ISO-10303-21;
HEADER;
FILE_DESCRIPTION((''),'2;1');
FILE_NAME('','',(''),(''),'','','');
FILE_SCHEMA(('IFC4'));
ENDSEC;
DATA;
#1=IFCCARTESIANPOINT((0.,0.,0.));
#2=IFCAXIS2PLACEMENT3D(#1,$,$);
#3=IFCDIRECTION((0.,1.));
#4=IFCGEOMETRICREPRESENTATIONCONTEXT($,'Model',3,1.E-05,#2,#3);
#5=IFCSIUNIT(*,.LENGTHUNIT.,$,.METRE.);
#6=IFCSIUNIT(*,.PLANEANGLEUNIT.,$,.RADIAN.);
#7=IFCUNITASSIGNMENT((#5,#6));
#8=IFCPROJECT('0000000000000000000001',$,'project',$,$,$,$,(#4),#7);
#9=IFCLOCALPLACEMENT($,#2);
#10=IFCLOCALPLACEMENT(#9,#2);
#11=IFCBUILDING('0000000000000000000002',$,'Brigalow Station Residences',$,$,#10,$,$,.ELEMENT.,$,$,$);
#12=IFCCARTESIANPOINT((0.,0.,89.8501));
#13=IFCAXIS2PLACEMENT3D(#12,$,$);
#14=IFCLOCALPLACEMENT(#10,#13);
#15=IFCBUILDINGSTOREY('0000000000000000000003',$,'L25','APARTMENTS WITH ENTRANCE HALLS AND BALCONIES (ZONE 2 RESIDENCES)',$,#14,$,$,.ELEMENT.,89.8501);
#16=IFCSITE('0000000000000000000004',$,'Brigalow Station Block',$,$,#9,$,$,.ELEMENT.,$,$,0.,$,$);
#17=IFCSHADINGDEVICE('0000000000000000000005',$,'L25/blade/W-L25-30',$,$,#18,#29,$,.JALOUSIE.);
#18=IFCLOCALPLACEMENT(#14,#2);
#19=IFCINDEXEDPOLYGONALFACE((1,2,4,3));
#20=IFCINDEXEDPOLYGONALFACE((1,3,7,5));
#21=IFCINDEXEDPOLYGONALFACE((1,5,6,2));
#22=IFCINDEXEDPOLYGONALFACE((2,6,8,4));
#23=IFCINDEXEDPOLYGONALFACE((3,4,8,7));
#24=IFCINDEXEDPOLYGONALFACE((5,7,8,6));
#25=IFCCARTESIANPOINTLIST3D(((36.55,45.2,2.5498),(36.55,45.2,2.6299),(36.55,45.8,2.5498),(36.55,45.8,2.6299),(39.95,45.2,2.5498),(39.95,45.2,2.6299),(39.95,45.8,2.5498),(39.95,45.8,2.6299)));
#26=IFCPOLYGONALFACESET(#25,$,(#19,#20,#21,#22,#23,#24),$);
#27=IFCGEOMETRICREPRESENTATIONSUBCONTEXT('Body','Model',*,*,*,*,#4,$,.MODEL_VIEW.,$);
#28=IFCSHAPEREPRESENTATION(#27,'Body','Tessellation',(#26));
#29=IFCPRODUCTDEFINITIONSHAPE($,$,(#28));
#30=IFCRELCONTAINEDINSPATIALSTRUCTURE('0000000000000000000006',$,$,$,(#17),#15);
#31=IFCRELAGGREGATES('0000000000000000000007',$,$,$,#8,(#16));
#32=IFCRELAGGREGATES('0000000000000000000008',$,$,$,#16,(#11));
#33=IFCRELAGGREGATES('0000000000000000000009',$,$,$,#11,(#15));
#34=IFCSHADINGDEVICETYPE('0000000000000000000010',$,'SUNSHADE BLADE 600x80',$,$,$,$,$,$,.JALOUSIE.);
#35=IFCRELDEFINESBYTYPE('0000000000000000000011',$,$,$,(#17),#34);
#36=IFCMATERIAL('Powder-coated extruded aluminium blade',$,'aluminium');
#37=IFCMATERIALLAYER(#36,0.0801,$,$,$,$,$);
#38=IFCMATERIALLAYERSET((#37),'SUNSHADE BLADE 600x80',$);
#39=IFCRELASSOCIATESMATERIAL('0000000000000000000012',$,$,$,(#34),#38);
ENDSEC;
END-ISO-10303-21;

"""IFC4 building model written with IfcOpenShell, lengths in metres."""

from ifc_helpers import new_model, si_unit, direction, frame, origin, origin_2d, place, context, subcontext, project, spatial, rectangle, extrude, material, layer, layer_set, type_object, element, save


model = new_model("IFC4")

# Units and contexts
model_context = context("Model", 3, precision=1e-05, world=origin(), true_north=direction((0.0, 1.0)))
body_context = subcontext(model_context, "Body", "Model", "MODEL_VIEW")
ifc_project = project(units=[si_unit("LENGTHUNIT", "METRE"), si_unit("PLANEANGLEUNIT", "RADIAN")], contexts=[model_context])

# Site, building, storey
site_placement = place(None, origin())
site = spatial("IfcSite", under=ifc_project, at=site_placement, Name="Brigalow Station Block", CompositionType="ELEMENT", RefElevation=0.0)
building_placement = place(site_placement, origin())
building = spatial("IfcBuilding", under=site, at=building_placement, Name="Brigalow Station Residences", CompositionType="ELEMENT")
storey_placement = place(building_placement, frame((0.0, 0.0, 89.8501)))
storey = spatial("IfcBuildingStorey", under=building, at=storey_placement, Name="L25", Description="APARTMENTS WITH ENTRANCE HALLS AND BALCONIES (ZONE 2 RESIDENCES)", CompositionType="ELEMENT", Elevation=89.8501)

# Shading device
ifc_material_1 = material(Name="Powder-coated extruded aluminium blade", Category="aluminium")
ifc_layer_1 = layer(ifc_material_1, 0.0801)
ifc_layer_set_1 = layer_set([ifc_layer_1], Name="SUNSHADE BLADE 600x80")
shading_device_type = type_object("IfcShadingDeviceType", Name="SUNSHADE BLADE 600x80", PredefinedType="JALOUSIE", material=ifc_layer_set_1)
shading_device_placement = place(storey_placement, frame((38.25, 45.5, 2.5498), z_axis=(0.0, 0.0, 1.0), x_axis=(-1.0, 0.0, 0.0)))
element("IfcShadingDevice", 1, at=shading_device_placement, inside=storey, type_object=shading_device_type, Name="L25/blade/W-L25-30", PredefinedType="JALOUSIE", context=body_context, shape_type="SweptSolid", body=[
    extrude(rectangle(XDim=3.3999, YDim=0.6001, at=origin_2d()), origin(), (0.0, 0.0, 1.0), 0.0801),
])

save(model, "model.ifc")
